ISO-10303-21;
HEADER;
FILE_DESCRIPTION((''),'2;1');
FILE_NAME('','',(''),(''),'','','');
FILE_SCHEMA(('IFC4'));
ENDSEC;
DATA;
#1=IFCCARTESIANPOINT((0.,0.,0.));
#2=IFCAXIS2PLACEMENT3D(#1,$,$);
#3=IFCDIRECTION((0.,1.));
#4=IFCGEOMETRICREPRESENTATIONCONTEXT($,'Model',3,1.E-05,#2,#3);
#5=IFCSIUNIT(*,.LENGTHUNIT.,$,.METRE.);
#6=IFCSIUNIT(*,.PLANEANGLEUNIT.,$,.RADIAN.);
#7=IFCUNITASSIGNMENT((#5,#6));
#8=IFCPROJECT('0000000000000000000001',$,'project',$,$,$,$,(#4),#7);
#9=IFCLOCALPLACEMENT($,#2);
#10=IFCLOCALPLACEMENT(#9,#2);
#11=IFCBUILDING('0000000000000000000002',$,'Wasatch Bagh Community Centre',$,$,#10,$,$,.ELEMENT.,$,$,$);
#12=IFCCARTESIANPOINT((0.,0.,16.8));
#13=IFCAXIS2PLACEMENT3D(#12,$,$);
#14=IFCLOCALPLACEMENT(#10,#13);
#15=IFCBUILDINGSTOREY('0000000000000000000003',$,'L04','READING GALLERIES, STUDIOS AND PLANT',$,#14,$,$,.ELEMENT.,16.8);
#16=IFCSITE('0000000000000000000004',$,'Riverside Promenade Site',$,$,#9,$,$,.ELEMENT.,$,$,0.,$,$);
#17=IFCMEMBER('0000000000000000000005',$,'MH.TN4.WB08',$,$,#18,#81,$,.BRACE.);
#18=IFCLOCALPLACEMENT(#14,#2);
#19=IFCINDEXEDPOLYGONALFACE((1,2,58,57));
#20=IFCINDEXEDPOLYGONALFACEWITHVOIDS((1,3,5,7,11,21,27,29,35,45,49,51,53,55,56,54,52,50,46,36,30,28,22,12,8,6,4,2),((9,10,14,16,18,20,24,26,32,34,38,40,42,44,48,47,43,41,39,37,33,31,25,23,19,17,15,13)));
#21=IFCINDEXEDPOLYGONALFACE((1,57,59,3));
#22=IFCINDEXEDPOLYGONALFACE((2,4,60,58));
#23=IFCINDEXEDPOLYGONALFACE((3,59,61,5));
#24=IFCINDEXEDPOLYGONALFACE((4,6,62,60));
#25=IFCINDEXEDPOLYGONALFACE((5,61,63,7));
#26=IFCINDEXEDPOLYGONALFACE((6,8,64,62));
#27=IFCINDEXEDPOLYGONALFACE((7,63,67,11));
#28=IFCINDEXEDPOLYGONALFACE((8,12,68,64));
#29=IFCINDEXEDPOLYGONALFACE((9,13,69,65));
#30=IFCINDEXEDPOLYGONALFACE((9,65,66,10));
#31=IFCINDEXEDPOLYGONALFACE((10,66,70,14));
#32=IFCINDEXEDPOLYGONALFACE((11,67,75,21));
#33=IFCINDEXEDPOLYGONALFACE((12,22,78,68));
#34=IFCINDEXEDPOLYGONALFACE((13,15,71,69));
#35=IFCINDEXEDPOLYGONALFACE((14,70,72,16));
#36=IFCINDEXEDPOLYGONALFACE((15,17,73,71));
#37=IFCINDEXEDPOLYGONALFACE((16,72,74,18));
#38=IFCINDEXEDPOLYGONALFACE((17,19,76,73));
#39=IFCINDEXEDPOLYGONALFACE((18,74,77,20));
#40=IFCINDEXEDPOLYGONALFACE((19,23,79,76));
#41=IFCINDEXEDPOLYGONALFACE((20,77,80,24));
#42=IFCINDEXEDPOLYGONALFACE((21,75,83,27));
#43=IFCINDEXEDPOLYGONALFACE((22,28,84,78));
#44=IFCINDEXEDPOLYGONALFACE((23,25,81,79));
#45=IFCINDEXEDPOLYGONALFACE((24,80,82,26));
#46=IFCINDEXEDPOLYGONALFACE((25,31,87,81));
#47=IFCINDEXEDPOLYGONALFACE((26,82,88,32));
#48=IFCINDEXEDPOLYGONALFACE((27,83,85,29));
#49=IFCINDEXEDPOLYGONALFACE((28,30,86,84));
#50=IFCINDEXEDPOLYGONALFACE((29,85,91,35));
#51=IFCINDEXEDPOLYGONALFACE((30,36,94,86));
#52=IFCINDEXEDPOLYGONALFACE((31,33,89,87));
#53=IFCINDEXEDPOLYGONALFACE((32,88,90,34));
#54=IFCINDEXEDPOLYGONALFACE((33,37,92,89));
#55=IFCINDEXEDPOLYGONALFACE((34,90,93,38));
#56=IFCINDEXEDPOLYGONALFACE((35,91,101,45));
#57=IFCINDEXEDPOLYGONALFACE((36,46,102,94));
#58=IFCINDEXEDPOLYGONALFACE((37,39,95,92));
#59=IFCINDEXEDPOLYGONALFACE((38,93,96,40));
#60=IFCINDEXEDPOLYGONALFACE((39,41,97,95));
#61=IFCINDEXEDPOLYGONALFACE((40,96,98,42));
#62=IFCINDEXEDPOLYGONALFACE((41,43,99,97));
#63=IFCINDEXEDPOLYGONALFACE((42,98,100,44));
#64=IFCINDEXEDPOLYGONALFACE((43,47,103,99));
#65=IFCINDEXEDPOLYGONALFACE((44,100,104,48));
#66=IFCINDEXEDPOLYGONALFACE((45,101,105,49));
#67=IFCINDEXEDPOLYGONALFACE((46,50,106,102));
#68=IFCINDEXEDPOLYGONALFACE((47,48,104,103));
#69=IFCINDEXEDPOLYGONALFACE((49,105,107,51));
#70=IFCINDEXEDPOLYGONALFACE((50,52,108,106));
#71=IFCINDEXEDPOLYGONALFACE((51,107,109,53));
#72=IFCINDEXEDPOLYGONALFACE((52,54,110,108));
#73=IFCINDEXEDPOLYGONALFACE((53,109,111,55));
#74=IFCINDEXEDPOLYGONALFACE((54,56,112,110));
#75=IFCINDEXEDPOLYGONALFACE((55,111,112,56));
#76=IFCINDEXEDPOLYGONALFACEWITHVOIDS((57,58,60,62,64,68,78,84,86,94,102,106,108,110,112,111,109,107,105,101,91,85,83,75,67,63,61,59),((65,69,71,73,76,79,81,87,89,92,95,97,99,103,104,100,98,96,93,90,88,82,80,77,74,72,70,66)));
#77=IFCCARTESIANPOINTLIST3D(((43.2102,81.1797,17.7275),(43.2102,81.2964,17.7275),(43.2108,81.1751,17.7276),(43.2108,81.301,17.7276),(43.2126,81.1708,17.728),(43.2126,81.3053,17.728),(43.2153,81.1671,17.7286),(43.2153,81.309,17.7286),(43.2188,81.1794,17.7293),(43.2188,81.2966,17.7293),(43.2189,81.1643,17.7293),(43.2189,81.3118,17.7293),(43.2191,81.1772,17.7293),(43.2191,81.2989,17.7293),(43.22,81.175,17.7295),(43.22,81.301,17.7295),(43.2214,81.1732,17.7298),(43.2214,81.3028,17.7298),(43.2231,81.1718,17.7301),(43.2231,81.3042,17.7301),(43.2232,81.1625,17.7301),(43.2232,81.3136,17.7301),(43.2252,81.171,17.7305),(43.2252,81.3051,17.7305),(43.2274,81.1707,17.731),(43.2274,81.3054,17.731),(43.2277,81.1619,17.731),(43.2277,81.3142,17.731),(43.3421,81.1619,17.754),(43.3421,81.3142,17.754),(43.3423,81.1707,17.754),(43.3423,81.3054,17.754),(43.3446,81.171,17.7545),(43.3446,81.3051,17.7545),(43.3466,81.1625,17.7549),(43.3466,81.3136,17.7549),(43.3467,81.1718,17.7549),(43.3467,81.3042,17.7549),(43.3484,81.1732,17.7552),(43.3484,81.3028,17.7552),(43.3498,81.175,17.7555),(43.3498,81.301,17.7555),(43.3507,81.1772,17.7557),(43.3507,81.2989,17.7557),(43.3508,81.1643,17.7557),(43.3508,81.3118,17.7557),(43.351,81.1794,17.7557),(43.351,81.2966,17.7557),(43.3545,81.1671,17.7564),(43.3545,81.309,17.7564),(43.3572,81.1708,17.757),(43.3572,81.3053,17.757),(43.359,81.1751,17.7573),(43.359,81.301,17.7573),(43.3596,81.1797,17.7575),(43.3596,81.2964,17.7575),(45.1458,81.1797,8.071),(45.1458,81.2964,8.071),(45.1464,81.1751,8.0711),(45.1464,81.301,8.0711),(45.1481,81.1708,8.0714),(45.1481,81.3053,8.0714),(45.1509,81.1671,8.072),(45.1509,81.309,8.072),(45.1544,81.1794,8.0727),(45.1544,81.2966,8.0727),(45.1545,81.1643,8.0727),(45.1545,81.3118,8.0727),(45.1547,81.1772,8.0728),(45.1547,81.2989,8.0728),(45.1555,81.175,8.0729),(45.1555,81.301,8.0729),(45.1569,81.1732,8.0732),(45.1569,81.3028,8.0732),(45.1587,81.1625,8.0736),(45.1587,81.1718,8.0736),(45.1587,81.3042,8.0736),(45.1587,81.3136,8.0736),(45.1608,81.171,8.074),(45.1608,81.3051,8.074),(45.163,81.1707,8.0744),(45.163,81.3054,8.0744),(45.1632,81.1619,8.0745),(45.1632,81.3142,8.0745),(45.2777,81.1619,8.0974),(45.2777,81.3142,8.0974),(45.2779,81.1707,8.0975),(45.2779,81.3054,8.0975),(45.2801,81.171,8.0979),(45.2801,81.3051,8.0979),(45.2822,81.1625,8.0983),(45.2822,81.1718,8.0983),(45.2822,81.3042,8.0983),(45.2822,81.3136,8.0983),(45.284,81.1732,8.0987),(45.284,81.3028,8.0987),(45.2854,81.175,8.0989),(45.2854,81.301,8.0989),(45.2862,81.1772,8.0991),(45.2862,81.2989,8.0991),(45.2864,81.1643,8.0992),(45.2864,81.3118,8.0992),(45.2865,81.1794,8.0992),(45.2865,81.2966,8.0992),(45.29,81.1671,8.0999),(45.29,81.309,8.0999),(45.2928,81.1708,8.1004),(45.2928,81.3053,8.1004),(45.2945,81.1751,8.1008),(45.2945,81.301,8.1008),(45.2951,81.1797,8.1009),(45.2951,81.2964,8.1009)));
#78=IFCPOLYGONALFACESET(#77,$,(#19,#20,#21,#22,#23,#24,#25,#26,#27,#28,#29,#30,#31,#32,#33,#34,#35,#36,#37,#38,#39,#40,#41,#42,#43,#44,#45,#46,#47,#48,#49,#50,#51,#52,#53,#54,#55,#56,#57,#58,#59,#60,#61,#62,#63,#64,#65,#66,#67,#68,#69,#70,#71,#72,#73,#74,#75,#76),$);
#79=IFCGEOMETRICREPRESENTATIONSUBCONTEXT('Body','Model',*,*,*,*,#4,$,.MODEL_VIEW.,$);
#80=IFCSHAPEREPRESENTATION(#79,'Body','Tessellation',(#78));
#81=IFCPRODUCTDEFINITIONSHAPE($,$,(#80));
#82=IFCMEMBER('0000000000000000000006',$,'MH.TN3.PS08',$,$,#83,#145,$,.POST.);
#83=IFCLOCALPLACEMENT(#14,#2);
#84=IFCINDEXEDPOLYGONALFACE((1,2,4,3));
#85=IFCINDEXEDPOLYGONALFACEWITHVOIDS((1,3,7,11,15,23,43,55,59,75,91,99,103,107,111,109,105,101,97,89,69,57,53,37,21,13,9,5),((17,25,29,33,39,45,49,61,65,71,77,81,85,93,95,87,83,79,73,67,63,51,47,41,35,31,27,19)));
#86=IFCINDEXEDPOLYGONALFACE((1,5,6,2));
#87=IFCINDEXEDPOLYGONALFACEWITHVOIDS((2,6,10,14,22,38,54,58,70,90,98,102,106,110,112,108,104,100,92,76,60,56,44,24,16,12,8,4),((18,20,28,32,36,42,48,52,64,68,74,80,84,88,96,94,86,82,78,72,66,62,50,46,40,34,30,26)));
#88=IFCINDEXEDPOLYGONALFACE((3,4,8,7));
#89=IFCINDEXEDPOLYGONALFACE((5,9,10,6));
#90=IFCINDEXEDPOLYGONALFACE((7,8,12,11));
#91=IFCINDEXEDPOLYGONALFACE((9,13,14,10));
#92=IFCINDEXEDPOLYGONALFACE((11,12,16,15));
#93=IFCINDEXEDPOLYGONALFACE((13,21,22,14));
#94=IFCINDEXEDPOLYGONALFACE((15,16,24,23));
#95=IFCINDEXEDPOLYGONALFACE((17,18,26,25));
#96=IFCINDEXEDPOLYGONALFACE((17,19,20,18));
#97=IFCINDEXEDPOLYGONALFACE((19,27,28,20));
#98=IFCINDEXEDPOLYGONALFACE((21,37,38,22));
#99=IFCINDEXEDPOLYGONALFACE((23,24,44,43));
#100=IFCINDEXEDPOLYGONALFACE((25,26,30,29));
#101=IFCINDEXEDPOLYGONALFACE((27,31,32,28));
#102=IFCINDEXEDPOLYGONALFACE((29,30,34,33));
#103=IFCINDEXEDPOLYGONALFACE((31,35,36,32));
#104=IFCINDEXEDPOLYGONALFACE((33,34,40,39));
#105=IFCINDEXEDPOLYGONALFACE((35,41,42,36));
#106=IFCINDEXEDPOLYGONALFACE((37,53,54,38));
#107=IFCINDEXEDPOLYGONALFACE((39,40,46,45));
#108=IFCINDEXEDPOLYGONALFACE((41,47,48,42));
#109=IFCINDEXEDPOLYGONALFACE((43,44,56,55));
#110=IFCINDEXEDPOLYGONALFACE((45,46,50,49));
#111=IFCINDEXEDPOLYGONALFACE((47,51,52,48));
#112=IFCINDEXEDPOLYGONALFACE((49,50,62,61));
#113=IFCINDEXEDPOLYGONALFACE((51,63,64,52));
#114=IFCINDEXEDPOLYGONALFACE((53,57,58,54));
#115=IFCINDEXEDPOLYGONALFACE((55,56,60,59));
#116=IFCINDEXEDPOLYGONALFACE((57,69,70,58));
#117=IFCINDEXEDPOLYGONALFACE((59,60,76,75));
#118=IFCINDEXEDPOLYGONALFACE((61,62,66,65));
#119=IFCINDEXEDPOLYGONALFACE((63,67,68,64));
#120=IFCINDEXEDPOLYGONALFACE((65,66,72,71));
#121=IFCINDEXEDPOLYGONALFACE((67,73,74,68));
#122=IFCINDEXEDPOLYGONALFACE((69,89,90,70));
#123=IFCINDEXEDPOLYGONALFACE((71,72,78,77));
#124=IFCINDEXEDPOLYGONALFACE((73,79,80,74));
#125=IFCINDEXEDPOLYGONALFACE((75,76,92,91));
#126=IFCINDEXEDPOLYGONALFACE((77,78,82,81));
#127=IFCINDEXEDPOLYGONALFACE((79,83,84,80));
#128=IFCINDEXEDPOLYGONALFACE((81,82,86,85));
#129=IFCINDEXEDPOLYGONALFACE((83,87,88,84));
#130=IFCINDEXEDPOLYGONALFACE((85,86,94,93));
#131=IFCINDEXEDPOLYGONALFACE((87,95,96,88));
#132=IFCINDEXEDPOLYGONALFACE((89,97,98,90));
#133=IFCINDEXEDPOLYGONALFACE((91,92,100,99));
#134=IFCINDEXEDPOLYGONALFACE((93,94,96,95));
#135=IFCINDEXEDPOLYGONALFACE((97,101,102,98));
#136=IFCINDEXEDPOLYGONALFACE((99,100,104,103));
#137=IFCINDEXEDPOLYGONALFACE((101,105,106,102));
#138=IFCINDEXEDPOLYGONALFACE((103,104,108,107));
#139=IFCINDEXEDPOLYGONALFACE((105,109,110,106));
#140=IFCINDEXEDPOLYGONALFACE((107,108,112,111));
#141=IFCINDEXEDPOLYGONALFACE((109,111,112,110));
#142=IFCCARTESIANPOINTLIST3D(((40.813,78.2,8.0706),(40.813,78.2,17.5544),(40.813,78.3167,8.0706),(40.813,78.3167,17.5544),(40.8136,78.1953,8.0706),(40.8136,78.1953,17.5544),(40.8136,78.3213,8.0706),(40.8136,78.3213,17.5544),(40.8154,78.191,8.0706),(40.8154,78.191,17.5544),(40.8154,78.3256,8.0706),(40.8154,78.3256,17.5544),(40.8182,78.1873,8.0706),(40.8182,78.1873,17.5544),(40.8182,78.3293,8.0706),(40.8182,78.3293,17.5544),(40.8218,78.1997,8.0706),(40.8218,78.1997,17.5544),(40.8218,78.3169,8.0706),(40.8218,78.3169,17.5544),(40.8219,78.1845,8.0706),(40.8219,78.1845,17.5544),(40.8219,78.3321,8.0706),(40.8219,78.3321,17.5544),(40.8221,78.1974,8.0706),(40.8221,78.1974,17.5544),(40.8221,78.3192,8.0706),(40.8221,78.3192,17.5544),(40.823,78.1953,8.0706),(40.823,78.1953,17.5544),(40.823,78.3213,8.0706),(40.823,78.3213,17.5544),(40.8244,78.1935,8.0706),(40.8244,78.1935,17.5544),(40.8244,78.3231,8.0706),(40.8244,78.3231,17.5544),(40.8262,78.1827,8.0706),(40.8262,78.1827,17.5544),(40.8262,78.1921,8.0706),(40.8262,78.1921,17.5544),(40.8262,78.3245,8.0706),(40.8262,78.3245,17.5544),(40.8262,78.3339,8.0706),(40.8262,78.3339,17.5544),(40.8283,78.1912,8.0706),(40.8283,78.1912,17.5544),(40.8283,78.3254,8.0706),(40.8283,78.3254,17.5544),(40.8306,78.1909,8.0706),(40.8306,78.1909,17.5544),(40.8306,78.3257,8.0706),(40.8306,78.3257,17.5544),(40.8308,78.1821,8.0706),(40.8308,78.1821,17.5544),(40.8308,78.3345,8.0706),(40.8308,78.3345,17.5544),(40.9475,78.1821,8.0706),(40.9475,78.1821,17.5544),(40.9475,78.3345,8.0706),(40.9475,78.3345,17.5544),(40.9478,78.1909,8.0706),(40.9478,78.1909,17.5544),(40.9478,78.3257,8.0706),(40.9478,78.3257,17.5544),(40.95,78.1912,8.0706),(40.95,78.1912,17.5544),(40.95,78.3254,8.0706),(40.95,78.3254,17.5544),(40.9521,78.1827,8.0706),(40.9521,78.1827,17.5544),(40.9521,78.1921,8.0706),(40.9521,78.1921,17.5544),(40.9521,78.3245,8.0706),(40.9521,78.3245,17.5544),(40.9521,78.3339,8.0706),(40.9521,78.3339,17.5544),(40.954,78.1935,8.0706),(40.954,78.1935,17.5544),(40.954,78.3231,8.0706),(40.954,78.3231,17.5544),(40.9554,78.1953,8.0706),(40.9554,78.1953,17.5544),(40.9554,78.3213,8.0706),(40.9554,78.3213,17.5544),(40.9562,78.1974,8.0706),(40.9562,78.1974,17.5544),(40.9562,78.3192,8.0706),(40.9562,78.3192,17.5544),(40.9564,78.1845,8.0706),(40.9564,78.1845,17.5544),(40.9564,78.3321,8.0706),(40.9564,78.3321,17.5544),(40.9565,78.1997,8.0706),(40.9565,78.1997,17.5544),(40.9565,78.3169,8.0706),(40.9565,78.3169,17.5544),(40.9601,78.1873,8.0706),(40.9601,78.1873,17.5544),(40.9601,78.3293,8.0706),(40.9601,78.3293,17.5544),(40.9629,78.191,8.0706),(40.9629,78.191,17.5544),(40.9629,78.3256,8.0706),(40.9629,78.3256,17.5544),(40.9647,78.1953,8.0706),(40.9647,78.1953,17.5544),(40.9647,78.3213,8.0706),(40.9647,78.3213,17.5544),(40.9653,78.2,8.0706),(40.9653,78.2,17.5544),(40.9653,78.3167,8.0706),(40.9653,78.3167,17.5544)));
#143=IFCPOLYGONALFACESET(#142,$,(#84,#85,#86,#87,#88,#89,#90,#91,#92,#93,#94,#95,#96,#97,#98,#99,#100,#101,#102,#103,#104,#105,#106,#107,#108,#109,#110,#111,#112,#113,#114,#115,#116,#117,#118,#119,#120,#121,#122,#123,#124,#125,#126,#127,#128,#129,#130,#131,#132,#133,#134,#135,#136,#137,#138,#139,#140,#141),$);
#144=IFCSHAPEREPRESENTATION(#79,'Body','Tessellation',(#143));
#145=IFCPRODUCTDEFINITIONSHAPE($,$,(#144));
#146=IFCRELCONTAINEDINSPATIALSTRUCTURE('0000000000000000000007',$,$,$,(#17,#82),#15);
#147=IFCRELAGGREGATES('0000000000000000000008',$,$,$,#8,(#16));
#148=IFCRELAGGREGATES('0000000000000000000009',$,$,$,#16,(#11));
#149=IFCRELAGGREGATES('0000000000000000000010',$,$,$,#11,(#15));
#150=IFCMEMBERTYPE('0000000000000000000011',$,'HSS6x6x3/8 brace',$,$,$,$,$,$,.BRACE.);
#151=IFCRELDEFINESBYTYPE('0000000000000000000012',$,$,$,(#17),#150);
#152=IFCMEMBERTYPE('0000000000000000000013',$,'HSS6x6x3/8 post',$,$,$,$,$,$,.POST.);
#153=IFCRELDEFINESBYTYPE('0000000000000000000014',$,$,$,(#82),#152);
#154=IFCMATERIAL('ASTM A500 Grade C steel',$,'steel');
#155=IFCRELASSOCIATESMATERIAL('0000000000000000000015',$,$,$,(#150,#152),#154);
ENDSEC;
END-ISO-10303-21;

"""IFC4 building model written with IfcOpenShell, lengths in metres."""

from ifc_helpers import new_model, si_unit, direction, frame, origin, origin_2d, place, context, subcontext, project, spatial, hollow_rectangle, extrude, material, material_profile, profile_set, type_object, element, save


model = new_model("IFC4")

# Units and contexts
model_context = context("Model", 3, precision=1e-05, world=origin(), true_north=direction((0.0, 1.0)))
body_context = subcontext(model_context, "Body", "Model", "MODEL_VIEW")
ifc_project = project(units=[si_unit("LENGTHUNIT", "METRE"), si_unit("PLANEANGLEUNIT", "RADIAN")], contexts=[model_context])

# Site, building, storey
site_placement = place(None, origin())
site = spatial("IfcSite", under=ifc_project, at=site_placement, Name="Riverside Promenade Site", CompositionType="ELEMENT", RefElevation=0.0)
building_placement = place(site_placement, origin())
building = spatial("IfcBuilding", under=site, at=building_placement, Name="Wasatch Bagh Community Centre", CompositionType="ELEMENT")
storey_placement = place(building_placement, frame((0.0, 0.0, 16.8)))
storey = spatial("IfcBuildingStorey", under=building, at=storey_placement, Name="L04", Description="READING GALLERIES, STUDIOS AND PLANT", CompositionType="ELEMENT", Elevation=16.8)

# Members
ifc_material_1 = material(Name="ASTM A500 Grade C steel", Category="steel")
ifc_material_profile_1 = material_profile(ifc_material_1, hollow_rectangle(XDim=0.1523, YDim=0.1523, WallThickness=0.0088, InnerFilletRadius=0.0088, OuterFilletRadius=0.0178, at=origin_2d()), Name="HSS6x6x3/8")
ifc_profile_set_1 = profile_set([ifc_material_profile_1], Name="ASTM A500 Grade C steel")
member_type_1 = type_object("IfcMemberType", Name="HSS6x6x3/8 brace", PredefinedType="BRACE", material=ifc_profile_set_1)
member_1_placement = place(storey_placement, frame((45.2205, 81.238, 8.0859), z_axis=(-0.196531, 0.0, 0.980498), x_axis=(0.0, -1.0, 0.0)))
element("IfcMember", 1, at=member_1_placement, inside=storey, type_object=member_type_1, Name="MH.TN4.WB08", PredefinedType="BRACE", context=body_context, shape_type="SweptSolid", body=[
    extrude(hollow_rectangle(XDim=0.1523, YDim=0.1523, WallThickness=0.0088, InnerFilletRadius=0.0088, OuterFilletRadius=0.0178, at=origin_2d()), origin(), (0.0, 0.0, 1.0), 9.8486),
])
ifc_material_profile_2 = material_profile(ifc_material_1, hollow_rectangle(XDim=0.1523, YDim=0.1523, WallThickness=0.0088, InnerFilletRadius=0.0088, OuterFilletRadius=0.0178, at=origin_2d()), Name="HSS6x6x3/8")
ifc_profile_set_2 = profile_set([ifc_material_profile_2], Name="ASTM A500 Grade C steel")
member_type_2 = type_object("IfcMemberType", Name="HSS6x6x3/8 post", PredefinedType="POST", material=ifc_profile_set_2)
member_2_placement = place(storey_placement, frame((40.8892, 78.2583, 8.0706), z_axis=(0.0, 0.0, 1.0), x_axis=(1.0, 0.0, 0.0)))
element("IfcMember", 2, at=member_2_placement, inside=storey, type_object=member_type_2, Name="MH.TN3.PS08", PredefinedType="POST", context=body_context, shape_type="SweptSolid", body=[
    extrude(hollow_rectangle(XDim=0.1523, YDim=0.1523, WallThickness=0.0088, InnerFilletRadius=0.0088, OuterFilletRadius=0.0178, at=origin_2d()), origin(), (0.0, 0.0, 1.0), 9.4839),
])

save(model, "model.ifc")
